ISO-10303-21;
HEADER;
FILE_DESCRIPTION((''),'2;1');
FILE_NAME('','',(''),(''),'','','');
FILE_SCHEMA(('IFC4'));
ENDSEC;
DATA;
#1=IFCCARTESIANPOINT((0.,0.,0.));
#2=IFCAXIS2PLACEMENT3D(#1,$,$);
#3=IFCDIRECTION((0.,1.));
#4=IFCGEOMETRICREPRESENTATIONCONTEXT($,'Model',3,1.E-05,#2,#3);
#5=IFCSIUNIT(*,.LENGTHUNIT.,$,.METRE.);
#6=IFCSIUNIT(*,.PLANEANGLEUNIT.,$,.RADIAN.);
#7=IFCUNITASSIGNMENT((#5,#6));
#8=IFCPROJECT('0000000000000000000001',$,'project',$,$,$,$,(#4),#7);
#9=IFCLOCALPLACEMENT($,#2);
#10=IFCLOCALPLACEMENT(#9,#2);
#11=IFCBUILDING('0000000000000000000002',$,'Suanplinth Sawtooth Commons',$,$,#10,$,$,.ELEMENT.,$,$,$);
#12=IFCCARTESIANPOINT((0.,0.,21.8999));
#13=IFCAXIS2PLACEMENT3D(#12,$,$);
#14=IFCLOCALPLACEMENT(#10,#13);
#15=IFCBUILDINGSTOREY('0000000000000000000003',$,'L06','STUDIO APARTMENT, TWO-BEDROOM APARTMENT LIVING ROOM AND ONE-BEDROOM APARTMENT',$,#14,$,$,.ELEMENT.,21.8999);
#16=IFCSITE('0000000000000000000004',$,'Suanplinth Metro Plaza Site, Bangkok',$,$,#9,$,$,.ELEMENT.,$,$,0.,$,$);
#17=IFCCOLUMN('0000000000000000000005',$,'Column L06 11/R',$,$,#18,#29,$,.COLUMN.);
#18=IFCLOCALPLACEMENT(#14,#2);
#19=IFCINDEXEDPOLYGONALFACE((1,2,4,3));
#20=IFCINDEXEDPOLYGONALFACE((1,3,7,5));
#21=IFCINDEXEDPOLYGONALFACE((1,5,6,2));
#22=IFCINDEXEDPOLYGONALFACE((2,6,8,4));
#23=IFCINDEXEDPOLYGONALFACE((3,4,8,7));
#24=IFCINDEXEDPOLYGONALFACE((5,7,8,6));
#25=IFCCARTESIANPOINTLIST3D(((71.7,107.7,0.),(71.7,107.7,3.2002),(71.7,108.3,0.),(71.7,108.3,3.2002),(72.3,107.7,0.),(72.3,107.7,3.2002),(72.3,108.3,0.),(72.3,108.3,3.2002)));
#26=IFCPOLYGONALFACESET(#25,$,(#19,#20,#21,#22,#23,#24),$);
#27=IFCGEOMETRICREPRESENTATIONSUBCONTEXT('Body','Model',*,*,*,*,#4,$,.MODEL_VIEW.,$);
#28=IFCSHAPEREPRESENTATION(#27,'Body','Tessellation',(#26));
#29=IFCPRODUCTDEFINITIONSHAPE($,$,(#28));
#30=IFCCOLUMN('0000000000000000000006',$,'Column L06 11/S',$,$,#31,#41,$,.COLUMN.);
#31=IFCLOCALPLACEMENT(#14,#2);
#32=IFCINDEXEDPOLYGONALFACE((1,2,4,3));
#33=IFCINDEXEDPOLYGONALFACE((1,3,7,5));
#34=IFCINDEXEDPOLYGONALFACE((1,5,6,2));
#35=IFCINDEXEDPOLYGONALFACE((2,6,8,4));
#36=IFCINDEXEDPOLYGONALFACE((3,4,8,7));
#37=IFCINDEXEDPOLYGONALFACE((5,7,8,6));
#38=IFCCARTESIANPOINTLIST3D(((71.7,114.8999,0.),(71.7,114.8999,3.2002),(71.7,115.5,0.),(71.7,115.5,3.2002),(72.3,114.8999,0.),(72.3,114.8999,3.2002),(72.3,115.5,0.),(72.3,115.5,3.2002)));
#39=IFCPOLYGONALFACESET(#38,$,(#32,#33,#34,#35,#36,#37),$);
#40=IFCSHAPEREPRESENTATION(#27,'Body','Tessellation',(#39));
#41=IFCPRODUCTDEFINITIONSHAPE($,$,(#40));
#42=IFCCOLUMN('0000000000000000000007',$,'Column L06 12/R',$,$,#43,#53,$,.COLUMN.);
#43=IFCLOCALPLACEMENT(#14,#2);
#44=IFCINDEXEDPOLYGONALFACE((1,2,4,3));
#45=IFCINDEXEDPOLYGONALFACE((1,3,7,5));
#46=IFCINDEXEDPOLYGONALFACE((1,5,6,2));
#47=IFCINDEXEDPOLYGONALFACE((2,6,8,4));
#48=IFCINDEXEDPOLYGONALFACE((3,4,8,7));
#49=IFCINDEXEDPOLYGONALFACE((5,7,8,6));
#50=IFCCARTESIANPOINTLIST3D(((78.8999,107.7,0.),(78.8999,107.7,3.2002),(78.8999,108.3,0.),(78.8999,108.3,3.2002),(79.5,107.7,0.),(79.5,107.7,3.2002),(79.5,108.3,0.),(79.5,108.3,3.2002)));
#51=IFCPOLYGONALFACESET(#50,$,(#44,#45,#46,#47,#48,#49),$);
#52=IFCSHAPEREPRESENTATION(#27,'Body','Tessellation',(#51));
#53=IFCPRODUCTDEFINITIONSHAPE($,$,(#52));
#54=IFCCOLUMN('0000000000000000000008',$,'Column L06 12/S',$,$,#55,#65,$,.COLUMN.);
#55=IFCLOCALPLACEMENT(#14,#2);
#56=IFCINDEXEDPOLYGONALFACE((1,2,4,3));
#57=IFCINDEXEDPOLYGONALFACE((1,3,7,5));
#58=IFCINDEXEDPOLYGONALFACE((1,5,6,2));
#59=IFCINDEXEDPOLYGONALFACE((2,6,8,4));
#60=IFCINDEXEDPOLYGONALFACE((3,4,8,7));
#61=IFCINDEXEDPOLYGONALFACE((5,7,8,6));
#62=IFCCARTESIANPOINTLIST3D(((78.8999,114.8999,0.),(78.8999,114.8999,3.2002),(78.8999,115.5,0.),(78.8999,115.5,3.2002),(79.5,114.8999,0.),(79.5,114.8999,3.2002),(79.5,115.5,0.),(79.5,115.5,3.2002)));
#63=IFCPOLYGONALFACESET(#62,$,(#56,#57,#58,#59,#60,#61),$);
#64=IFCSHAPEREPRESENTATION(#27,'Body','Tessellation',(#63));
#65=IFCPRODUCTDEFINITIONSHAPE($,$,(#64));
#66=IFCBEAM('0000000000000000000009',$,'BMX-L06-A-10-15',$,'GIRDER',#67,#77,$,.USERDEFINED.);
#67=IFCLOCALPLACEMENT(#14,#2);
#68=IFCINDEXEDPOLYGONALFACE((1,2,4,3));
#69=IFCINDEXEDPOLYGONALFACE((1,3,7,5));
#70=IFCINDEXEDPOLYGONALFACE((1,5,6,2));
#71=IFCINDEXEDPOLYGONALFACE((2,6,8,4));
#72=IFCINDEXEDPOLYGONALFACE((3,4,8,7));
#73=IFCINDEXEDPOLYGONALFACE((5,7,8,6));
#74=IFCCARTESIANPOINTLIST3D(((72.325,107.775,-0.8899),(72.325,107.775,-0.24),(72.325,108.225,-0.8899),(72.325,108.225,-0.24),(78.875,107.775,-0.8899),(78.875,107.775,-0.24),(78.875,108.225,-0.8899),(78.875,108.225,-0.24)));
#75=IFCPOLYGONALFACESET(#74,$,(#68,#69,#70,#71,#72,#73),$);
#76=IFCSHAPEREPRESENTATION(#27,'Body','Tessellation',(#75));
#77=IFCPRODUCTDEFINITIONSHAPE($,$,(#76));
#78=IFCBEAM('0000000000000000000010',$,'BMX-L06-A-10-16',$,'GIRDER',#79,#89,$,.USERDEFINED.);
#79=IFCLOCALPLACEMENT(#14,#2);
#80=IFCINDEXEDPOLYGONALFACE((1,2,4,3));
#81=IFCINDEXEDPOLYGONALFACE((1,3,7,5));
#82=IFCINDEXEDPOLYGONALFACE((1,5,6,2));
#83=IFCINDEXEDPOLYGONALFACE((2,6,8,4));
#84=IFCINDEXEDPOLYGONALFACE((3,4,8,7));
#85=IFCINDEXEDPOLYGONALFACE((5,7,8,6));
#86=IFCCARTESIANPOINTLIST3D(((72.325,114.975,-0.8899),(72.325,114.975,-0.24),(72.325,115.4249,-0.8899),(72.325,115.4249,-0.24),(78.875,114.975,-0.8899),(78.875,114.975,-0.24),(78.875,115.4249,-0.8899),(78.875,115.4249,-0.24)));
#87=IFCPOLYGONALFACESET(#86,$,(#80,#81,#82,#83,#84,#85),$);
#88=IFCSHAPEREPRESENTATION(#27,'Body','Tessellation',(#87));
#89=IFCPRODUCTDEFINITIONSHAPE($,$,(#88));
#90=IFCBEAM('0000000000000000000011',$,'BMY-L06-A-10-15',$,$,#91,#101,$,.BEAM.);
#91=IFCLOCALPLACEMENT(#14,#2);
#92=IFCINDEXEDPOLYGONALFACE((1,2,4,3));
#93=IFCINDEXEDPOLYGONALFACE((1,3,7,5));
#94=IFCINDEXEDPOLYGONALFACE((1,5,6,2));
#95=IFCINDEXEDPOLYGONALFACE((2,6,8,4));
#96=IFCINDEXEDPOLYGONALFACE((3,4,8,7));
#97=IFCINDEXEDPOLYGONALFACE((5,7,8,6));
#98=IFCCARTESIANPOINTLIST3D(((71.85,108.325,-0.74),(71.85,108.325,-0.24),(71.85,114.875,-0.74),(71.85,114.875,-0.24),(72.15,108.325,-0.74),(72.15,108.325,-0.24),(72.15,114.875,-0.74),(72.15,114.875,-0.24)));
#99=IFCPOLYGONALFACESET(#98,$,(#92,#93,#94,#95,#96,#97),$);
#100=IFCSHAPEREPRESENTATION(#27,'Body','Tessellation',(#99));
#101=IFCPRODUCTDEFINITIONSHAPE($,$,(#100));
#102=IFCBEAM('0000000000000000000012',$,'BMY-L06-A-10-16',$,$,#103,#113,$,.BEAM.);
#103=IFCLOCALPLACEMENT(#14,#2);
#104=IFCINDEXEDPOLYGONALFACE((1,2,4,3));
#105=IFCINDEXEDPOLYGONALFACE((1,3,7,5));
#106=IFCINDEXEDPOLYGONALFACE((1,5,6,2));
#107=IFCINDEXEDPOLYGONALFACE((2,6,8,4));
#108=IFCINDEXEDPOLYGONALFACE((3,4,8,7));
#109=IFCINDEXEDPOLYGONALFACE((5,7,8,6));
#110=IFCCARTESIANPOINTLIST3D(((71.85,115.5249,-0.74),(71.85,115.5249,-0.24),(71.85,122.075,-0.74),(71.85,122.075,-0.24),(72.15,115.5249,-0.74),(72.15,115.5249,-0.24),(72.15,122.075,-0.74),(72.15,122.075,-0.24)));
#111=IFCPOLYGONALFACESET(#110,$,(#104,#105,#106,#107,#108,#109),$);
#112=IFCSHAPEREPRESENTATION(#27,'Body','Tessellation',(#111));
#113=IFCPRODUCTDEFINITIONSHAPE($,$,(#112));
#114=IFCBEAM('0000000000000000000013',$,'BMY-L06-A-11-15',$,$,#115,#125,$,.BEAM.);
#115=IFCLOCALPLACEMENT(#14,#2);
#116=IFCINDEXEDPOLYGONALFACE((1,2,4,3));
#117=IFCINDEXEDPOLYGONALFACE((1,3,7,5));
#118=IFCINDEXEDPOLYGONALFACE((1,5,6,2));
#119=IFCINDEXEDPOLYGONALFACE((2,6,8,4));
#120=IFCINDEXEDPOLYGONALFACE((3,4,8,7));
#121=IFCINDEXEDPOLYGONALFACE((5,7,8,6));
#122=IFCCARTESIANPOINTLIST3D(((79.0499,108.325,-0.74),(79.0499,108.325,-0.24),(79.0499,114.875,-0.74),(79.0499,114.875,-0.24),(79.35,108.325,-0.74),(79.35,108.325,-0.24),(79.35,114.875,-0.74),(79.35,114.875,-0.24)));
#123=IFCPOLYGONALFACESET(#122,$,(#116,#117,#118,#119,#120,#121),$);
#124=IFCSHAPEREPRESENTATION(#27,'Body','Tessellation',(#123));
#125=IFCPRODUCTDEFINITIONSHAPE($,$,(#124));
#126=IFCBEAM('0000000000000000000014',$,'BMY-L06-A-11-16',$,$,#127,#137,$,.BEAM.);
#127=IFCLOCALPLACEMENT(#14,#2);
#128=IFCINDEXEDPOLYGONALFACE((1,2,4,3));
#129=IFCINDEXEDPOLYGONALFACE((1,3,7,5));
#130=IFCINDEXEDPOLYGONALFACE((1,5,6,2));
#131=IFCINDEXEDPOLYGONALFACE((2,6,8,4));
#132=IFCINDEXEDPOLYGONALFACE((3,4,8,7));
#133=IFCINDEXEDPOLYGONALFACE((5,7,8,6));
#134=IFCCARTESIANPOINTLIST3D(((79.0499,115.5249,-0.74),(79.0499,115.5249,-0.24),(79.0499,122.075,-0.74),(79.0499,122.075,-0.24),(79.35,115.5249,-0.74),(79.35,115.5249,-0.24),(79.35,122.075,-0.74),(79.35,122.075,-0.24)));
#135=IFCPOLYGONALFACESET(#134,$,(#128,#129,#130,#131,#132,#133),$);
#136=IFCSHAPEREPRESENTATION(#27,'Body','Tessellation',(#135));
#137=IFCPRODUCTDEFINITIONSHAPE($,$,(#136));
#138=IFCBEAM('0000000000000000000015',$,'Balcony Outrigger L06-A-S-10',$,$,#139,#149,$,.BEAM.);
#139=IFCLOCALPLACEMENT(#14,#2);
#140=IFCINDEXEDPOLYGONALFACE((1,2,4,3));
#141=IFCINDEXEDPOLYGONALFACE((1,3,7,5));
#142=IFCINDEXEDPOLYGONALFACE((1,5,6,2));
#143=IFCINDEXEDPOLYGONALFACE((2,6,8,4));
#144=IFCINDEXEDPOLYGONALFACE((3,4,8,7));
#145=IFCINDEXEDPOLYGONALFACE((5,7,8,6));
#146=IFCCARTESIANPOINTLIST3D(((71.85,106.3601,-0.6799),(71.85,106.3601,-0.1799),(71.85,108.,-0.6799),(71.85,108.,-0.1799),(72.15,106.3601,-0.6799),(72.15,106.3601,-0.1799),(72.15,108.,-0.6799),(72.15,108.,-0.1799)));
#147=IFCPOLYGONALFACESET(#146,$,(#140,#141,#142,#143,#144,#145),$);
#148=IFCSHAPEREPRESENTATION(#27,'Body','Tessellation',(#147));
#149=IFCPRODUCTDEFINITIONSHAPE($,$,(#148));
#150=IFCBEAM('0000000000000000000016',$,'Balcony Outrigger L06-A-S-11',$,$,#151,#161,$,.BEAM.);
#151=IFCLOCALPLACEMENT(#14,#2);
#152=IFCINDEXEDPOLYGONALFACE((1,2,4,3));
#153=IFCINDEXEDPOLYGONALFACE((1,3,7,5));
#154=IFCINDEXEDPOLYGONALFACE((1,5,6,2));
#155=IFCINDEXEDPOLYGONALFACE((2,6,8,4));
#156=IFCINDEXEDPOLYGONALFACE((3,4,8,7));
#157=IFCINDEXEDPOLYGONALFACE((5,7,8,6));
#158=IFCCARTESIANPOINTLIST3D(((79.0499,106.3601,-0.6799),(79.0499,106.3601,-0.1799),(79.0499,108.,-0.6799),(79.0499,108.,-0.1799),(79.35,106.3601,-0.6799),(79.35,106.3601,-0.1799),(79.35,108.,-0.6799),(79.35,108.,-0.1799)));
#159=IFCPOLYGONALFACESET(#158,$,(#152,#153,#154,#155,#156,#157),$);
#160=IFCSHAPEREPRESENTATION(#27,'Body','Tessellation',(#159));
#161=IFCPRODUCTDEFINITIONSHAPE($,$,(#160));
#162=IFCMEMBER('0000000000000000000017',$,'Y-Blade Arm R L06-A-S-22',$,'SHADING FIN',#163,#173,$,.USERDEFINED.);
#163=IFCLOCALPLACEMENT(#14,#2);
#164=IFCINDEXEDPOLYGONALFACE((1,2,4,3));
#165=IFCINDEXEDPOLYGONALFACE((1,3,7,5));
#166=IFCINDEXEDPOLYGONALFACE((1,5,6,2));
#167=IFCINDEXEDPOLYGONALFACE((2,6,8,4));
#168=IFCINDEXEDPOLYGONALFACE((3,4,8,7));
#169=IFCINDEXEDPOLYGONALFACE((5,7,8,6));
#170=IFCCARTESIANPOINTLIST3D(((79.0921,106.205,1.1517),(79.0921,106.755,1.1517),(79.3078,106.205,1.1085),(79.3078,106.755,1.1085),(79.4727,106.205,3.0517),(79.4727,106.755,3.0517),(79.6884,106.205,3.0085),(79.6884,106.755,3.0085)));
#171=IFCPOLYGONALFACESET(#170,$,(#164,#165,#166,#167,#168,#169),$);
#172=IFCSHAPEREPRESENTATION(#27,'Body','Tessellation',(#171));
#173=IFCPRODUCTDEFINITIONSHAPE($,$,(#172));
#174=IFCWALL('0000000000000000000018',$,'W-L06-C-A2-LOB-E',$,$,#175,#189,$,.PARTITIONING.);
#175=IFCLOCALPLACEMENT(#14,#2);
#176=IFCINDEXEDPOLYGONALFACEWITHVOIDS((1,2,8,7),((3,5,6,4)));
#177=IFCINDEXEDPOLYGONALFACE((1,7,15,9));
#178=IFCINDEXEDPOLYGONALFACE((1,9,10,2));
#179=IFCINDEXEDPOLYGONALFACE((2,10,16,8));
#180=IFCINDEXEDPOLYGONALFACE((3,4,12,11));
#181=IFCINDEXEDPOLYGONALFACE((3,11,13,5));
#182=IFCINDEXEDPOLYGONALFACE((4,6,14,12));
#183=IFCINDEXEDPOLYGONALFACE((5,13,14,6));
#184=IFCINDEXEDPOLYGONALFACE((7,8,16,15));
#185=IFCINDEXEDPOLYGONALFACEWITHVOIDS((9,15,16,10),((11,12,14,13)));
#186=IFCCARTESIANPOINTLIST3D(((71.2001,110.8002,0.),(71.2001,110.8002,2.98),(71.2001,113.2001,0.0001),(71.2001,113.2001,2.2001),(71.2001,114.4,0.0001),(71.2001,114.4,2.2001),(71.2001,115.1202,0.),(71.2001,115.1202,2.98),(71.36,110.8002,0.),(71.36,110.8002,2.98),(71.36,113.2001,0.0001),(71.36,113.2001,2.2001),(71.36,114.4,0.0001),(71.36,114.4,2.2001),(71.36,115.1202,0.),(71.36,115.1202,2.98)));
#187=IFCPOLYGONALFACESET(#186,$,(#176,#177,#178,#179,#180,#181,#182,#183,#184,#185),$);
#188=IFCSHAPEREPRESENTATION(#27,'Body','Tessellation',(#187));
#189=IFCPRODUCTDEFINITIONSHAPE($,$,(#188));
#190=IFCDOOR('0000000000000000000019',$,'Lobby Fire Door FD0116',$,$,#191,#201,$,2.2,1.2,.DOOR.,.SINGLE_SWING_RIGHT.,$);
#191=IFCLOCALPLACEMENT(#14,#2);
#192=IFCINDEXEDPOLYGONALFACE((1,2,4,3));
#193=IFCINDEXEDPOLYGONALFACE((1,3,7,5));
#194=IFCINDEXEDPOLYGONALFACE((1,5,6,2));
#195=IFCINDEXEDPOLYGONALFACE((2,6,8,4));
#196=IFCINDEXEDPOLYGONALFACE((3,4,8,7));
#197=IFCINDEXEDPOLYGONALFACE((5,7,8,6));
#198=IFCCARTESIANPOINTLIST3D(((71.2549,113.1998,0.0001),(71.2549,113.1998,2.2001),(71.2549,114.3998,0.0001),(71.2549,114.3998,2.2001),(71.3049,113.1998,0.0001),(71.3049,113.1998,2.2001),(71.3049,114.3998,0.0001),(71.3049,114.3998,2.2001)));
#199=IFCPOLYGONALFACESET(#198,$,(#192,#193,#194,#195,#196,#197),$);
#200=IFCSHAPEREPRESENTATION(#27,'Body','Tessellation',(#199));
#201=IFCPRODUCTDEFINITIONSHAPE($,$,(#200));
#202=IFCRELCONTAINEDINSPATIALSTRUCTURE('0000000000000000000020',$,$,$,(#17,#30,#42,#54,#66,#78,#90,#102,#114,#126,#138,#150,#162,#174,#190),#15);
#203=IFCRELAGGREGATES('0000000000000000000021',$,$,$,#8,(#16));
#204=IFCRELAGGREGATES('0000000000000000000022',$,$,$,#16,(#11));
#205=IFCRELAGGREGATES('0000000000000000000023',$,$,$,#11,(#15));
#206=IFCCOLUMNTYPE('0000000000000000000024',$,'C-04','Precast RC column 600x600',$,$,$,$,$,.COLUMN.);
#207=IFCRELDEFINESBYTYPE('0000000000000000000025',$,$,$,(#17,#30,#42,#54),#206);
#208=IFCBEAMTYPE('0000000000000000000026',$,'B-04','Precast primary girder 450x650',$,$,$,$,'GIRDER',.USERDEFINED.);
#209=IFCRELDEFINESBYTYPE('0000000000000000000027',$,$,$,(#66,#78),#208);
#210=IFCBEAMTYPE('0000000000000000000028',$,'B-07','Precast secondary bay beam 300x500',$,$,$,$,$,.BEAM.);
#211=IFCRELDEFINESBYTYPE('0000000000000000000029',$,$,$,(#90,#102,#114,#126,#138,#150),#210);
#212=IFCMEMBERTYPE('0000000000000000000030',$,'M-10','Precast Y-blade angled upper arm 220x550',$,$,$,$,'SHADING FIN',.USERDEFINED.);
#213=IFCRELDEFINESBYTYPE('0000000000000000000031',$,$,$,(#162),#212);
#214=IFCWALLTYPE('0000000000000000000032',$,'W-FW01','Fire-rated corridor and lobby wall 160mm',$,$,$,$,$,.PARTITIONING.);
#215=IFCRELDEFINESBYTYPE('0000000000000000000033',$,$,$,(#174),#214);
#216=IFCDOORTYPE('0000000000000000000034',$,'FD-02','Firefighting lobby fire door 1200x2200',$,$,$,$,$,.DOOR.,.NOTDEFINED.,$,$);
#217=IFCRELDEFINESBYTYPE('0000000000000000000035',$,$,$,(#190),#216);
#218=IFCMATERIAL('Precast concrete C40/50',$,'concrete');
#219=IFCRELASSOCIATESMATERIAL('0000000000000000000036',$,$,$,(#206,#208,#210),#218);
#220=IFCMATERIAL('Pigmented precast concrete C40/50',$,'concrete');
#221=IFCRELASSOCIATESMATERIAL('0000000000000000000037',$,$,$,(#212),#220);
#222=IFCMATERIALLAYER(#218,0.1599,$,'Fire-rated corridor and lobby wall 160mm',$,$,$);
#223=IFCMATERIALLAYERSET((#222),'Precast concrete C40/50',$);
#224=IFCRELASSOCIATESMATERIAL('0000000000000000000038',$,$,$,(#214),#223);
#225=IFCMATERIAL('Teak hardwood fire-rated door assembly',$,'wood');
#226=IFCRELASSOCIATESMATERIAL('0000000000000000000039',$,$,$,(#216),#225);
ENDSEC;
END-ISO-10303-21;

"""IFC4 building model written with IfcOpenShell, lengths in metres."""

from ifc_helpers import new_model, si_unit, direction, frame, frame_2d, origin, origin_2d, place, context, subcontext, project, spatial, rectangle, extrude, material, layer, layer_set, material_profile, profile_set, type_object, element, fill, save


model = new_model("IFC4")

# Units and contexts
model_context = context("Model", 3, precision=1e-05, world=origin(), true_north=direction((0.0, 1.0)))
body_context = subcontext(model_context, "Body", "Model", "MODEL_VIEW")
ifc_project = project(units=[si_unit("LENGTHUNIT", "METRE"), si_unit("PLANEANGLEUNIT", "RADIAN")], contexts=[model_context])

# Site, building, storey
site_placement = place(None, origin())
site = spatial("IfcSite", under=ifc_project, at=site_placement, Name="Suanplinth Metro Plaza Site, Bangkok", CompositionType="ELEMENT", RefElevation=0.0)
building_placement = place(site_placement, origin())
building = spatial("IfcBuilding", under=site, at=building_placement, Name="Suanplinth Sawtooth Commons", CompositionType="ELEMENT")
storey_placement = place(building_placement, frame((0.0, 0.0, 21.8999)))
storey = spatial("IfcBuildingStorey", under=building, at=storey_placement, Name="L06", Description="STUDIO APARTMENT, TWO-BEDROOM APARTMENT LIVING ROOM AND ONE-BEDROOM APARTMENT", CompositionType="ELEMENT", Elevation=21.8999)

# Columns
ifc_material_1 = material(Name="Precast concrete C40/50", Category="concrete")
ifc_material_profile_1 = material_profile(ifc_material_1, rectangle(XDim=0.6001, YDim=0.6001, at=origin_2d()), Name="PC-COL 600x600")
ifc_profile_set_1 = profile_set([ifc_material_profile_1], Name="Precast concrete C40/50")
column_type = type_object("IfcColumnType", Name="C-04", Description="Precast RC column 600x600", PredefinedType="COLUMN", material=ifc_profile_set_1)
for number, where, z_axis, x_axis, name in (
    (1, (72.0, 108.0, 0.0), (0.0, 0.0, 1.0), (1.0, 0.0, 0.0), "Column L06 11/R"),
    (2, (72.0, 115.2, 0.0), (0.0, 0.0, 1.0), (1.0, 0.0, 0.0), "Column L06 11/S"),
    (3, (79.2, 108.0, 0.0), (0.0, 0.0, 1.0), (1.0, 0.0, 0.0), "Column L06 12/R"),
    (4, (79.2, 115.2, 0.0), (0.0, 0.0, 1.0), (1.0, 0.0, 0.0), "Column L06 12/S"),
):
    element("IfcColumn", number, at=place(storey_placement, frame(where, z_axis=z_axis, x_axis=x_axis)), inside=storey, type_object=column_type, Name=name, PredefinedType="COLUMN", context=body_context, shape_type="SweptSolid", body=[
        extrude(rectangle(XDim=0.6001, YDim=0.6001, at=origin_2d()), origin(), (0.0, 0.0, 1.0), 3.2002),
    ])

# Beams
ifc_material_profile_2 = material_profile(ifc_material_1, rectangle(XDim=0.45, YDim=0.6499, at=origin_2d()), Name="PC-GDR 450x650")
ifc_profile_set_2 = profile_set([ifc_material_profile_2], Name="Precast concrete C40/50")
beam_type_1 = type_object("IfcBeamType", Name="B-04", Description="Precast primary girder 450x650", ElementType="GIRDER", PredefinedType="USERDEFINED", material=ifc_profile_set_2)
for number, where, z_axis, x_axis, name in (
    (5, (72.325, 108.0, -0.5649), (1.0, 0.0, 0.0), (0.0, 1.0, 0.0), "BMX-L06-A-10-15"),
    (6, (72.325, 115.2, -0.5649), (1.0, 0.0, 0.0), (0.0, 1.0, 0.0), "BMX-L06-A-10-16"),
):
    element("IfcBeam", number, at=place(storey_placement, frame(where, z_axis=z_axis, x_axis=x_axis)), inside=storey, type_object=beam_type_1, Name=name, ObjectType="GIRDER", PredefinedType="USERDEFINED", context=body_context, shape_type="SweptSolid", body=[
        extrude(rectangle(XDim=0.45, YDim=0.6499, at=origin_2d()), origin(), (0.0, 0.0, 1.0), 6.55),
    ])
ifc_material_profile_3 = material_profile(ifc_material_1, rectangle(XDim=0.3, YDim=0.5, at=origin_2d()), Name="PC-BM 300x500")
ifc_profile_set_3 = profile_set([ifc_material_profile_3], Name="Precast concrete C40/50")
beam_type_2 = type_object("IfcBeamType", Name="B-07", Description="Precast secondary bay beam 300x500", PredefinedType="BEAM", material=ifc_profile_set_3)
for number, where, z_axis, x_axis, name in (
    (7, (72.0, 108.325, -0.49), (0.0, 1.0, 0.0), (-1.0, 0.0, 0.0), "BMY-L06-A-10-15"),
    (8, (72.0, 115.5249, -0.49), (0.0, 1.0, 0.0), (-1.0, 0.0, 0.0), "BMY-L06-A-10-16"),
    (9, (79.2, 108.325, -0.49), (0.0, 1.0, 0.0), (-1.0, 0.0, 0.0), "BMY-L06-A-11-15"),
    (10, (79.2, 115.5249, -0.49), (0.0, 1.0, 0.0), (-1.0, 0.0, 0.0), "BMY-L06-A-11-16"),
):
    element("IfcBeam", number, at=place(storey_placement, frame(where, z_axis=z_axis, x_axis=x_axis)), inside=storey, type_object=beam_type_2, Name=name, PredefinedType="BEAM", context=body_context, shape_type="SweptSolid", body=[
        extrude(rectangle(XDim=0.3, YDim=0.5, at=origin_2d()), origin(), (0.0, 0.0, 1.0), 6.55),
    ])
for number, where, z_axis, x_axis, name in (
    (11, (72.0, 108.0, -0.4299), (0.0, -1.0, 0.0), (1.0, 0.0, 0.0), "Balcony Outrigger L06-A-S-10"),
    (12, (79.2, 108.0, -0.4299), (0.0, -1.0, 0.0), (1.0, 0.0, 0.0), "Balcony Outrigger L06-A-S-11"),
):
    element("IfcBeam", number, at=place(storey_placement, frame(where, z_axis=z_axis, x_axis=x_axis)), inside=storey, type_object=beam_type_2, Name=name, PredefinedType="BEAM", context=body_context, shape_type="SweptSolid", body=[
        extrude(rectangle(XDim=0.3, YDim=0.5, at=origin_2d()), origin(), (0.0, 0.0, 1.0), 1.6399),
    ])

# Member
ifc_material_2 = material(Name="Pigmented precast concrete C40/50", Category="concrete")
ifc_material_profile_4 = material_profile(ifc_material_2, rectangle(XDim=0.22, YDim=0.55, at=origin_2d()), Name="PC-FIN 220x550")
ifc_profile_set_4 = profile_set([ifc_material_profile_4], Name="Pigmented precast concrete C40/50")
member_type = type_object("IfcMemberType", Name="M-10", Description="Precast Y-blade angled upper arm 220x550", ElementType="SHADING FIN", PredefinedType="USERDEFINED", material=ifc_profile_set_4)
member_placement = place(storey_placement, frame((79.2, 106.48, 1.1301), z_axis=(0.196431, 0.0, 0.980518), x_axis=(-0.980518, 0.0, 0.196431)))
element("IfcMember", 13, at=member_placement, inside=storey, type_object=member_type, Name="Y-Blade Arm R L06-A-S-22", ObjectType="SHADING FIN", PredefinedType="USERDEFINED", context=body_context, shape_type="SweptSolid", body=[
    extrude(rectangle(XDim=0.22, YDim=0.55, at=origin_2d()), origin(), (0.0, 0.0, 1.0), 1.9377),
])

# Wall, opening, door
ifc_layer_1 = layer(ifc_material_1, 0.1599, Name="Fire-rated corridor and lobby wall 160mm")
ifc_layer_set_1 = layer_set([ifc_layer_1], Name="Precast concrete C40/50")
wall_type_1 = type_object("IfcWallType", Name="W-FW01", Description="Fire-rated corridor and lobby wall 160mm", PredefinedType="PARTITIONING", material=ifc_layer_set_1)
wall_1_placement = place(storey_placement, frame((71.28, 110.8, 0.0), z_axis=(0.0, 0.0, 1.0), x_axis=(0.0, 1.0, 0.0)))
wall_1 = element("IfcWall", 14, at=wall_1_placement, inside=storey, type_object=wall_type_1, Name="W-L06-C-A2-LOB-E", PredefinedType="PARTITIONING", context=body_context, shape_type="SweptSolid", body=[
    extrude(rectangle(XDim=4.3201, YDim=0.1599, at=frame_2d((2.1602, 0.0))), origin(), (0.0, 0.0, 1.0), 2.98),
])
opening_1_placement = place(wall_1_placement, frame((2.3999, 0.0, 0.0)))
opening_1 = element("IfcOpeningElement", 15, at=opening_1_placement, cuts=wall_1, PredefinedType="OPENING", context=body_context, shape_type="SweptSolid", body=[
    extrude(rectangle(XDim=1.2, YDim=2.2, at=frame_2d((0.6001, 1.1001))), frame((0.0, 0.0947, 0.0), z_axis=(0.0, -1.0, 0.0), x_axis=(1.0, 0.0, 0.0)), (0.0, 0.0, 1.0), 0.1897),
])
ifc_material_3 = material(Name="Teak hardwood fire-rated door assembly", Category="wood")
door_type_1 = type_object("IfcDoorType", Name="FD-02", Description="Firefighting lobby fire door 1200x2200", OperationType="NOTDEFINED", PredefinedType="DOOR", material=ifc_material_3)
door_1_placement = place(opening_1_placement, frame((1.2, 0.0, 0.0), z_axis=(0.0, 0.0, 1.0), x_axis=(-1.0, 0.0, 0.0)))
door_1 = element("IfcDoor", 16, at=door_1_placement, inside=storey, type_object=door_type_1, Name="Lobby Fire Door FD0116", OperationType="SINGLE_SWING_RIGHT", OverallHeight=2.2, OverallWidth=1.2, PredefinedType="DOOR", context=body_context, shape_type="SweptSolid", body=[
    extrude(rectangle(XDim=1.2, YDim=2.2, at=frame_2d((0.6001, 1.1001))), frame((0.0, 0.0249, 0.0), z_axis=(0.0, -1.0, 0.0), x_axis=(1.0, 0.0, 0.0)), (0.0, 0.0, 1.0), 0.05),
])
fill(opening_1, door_1)

save(model, "model.ifc")
